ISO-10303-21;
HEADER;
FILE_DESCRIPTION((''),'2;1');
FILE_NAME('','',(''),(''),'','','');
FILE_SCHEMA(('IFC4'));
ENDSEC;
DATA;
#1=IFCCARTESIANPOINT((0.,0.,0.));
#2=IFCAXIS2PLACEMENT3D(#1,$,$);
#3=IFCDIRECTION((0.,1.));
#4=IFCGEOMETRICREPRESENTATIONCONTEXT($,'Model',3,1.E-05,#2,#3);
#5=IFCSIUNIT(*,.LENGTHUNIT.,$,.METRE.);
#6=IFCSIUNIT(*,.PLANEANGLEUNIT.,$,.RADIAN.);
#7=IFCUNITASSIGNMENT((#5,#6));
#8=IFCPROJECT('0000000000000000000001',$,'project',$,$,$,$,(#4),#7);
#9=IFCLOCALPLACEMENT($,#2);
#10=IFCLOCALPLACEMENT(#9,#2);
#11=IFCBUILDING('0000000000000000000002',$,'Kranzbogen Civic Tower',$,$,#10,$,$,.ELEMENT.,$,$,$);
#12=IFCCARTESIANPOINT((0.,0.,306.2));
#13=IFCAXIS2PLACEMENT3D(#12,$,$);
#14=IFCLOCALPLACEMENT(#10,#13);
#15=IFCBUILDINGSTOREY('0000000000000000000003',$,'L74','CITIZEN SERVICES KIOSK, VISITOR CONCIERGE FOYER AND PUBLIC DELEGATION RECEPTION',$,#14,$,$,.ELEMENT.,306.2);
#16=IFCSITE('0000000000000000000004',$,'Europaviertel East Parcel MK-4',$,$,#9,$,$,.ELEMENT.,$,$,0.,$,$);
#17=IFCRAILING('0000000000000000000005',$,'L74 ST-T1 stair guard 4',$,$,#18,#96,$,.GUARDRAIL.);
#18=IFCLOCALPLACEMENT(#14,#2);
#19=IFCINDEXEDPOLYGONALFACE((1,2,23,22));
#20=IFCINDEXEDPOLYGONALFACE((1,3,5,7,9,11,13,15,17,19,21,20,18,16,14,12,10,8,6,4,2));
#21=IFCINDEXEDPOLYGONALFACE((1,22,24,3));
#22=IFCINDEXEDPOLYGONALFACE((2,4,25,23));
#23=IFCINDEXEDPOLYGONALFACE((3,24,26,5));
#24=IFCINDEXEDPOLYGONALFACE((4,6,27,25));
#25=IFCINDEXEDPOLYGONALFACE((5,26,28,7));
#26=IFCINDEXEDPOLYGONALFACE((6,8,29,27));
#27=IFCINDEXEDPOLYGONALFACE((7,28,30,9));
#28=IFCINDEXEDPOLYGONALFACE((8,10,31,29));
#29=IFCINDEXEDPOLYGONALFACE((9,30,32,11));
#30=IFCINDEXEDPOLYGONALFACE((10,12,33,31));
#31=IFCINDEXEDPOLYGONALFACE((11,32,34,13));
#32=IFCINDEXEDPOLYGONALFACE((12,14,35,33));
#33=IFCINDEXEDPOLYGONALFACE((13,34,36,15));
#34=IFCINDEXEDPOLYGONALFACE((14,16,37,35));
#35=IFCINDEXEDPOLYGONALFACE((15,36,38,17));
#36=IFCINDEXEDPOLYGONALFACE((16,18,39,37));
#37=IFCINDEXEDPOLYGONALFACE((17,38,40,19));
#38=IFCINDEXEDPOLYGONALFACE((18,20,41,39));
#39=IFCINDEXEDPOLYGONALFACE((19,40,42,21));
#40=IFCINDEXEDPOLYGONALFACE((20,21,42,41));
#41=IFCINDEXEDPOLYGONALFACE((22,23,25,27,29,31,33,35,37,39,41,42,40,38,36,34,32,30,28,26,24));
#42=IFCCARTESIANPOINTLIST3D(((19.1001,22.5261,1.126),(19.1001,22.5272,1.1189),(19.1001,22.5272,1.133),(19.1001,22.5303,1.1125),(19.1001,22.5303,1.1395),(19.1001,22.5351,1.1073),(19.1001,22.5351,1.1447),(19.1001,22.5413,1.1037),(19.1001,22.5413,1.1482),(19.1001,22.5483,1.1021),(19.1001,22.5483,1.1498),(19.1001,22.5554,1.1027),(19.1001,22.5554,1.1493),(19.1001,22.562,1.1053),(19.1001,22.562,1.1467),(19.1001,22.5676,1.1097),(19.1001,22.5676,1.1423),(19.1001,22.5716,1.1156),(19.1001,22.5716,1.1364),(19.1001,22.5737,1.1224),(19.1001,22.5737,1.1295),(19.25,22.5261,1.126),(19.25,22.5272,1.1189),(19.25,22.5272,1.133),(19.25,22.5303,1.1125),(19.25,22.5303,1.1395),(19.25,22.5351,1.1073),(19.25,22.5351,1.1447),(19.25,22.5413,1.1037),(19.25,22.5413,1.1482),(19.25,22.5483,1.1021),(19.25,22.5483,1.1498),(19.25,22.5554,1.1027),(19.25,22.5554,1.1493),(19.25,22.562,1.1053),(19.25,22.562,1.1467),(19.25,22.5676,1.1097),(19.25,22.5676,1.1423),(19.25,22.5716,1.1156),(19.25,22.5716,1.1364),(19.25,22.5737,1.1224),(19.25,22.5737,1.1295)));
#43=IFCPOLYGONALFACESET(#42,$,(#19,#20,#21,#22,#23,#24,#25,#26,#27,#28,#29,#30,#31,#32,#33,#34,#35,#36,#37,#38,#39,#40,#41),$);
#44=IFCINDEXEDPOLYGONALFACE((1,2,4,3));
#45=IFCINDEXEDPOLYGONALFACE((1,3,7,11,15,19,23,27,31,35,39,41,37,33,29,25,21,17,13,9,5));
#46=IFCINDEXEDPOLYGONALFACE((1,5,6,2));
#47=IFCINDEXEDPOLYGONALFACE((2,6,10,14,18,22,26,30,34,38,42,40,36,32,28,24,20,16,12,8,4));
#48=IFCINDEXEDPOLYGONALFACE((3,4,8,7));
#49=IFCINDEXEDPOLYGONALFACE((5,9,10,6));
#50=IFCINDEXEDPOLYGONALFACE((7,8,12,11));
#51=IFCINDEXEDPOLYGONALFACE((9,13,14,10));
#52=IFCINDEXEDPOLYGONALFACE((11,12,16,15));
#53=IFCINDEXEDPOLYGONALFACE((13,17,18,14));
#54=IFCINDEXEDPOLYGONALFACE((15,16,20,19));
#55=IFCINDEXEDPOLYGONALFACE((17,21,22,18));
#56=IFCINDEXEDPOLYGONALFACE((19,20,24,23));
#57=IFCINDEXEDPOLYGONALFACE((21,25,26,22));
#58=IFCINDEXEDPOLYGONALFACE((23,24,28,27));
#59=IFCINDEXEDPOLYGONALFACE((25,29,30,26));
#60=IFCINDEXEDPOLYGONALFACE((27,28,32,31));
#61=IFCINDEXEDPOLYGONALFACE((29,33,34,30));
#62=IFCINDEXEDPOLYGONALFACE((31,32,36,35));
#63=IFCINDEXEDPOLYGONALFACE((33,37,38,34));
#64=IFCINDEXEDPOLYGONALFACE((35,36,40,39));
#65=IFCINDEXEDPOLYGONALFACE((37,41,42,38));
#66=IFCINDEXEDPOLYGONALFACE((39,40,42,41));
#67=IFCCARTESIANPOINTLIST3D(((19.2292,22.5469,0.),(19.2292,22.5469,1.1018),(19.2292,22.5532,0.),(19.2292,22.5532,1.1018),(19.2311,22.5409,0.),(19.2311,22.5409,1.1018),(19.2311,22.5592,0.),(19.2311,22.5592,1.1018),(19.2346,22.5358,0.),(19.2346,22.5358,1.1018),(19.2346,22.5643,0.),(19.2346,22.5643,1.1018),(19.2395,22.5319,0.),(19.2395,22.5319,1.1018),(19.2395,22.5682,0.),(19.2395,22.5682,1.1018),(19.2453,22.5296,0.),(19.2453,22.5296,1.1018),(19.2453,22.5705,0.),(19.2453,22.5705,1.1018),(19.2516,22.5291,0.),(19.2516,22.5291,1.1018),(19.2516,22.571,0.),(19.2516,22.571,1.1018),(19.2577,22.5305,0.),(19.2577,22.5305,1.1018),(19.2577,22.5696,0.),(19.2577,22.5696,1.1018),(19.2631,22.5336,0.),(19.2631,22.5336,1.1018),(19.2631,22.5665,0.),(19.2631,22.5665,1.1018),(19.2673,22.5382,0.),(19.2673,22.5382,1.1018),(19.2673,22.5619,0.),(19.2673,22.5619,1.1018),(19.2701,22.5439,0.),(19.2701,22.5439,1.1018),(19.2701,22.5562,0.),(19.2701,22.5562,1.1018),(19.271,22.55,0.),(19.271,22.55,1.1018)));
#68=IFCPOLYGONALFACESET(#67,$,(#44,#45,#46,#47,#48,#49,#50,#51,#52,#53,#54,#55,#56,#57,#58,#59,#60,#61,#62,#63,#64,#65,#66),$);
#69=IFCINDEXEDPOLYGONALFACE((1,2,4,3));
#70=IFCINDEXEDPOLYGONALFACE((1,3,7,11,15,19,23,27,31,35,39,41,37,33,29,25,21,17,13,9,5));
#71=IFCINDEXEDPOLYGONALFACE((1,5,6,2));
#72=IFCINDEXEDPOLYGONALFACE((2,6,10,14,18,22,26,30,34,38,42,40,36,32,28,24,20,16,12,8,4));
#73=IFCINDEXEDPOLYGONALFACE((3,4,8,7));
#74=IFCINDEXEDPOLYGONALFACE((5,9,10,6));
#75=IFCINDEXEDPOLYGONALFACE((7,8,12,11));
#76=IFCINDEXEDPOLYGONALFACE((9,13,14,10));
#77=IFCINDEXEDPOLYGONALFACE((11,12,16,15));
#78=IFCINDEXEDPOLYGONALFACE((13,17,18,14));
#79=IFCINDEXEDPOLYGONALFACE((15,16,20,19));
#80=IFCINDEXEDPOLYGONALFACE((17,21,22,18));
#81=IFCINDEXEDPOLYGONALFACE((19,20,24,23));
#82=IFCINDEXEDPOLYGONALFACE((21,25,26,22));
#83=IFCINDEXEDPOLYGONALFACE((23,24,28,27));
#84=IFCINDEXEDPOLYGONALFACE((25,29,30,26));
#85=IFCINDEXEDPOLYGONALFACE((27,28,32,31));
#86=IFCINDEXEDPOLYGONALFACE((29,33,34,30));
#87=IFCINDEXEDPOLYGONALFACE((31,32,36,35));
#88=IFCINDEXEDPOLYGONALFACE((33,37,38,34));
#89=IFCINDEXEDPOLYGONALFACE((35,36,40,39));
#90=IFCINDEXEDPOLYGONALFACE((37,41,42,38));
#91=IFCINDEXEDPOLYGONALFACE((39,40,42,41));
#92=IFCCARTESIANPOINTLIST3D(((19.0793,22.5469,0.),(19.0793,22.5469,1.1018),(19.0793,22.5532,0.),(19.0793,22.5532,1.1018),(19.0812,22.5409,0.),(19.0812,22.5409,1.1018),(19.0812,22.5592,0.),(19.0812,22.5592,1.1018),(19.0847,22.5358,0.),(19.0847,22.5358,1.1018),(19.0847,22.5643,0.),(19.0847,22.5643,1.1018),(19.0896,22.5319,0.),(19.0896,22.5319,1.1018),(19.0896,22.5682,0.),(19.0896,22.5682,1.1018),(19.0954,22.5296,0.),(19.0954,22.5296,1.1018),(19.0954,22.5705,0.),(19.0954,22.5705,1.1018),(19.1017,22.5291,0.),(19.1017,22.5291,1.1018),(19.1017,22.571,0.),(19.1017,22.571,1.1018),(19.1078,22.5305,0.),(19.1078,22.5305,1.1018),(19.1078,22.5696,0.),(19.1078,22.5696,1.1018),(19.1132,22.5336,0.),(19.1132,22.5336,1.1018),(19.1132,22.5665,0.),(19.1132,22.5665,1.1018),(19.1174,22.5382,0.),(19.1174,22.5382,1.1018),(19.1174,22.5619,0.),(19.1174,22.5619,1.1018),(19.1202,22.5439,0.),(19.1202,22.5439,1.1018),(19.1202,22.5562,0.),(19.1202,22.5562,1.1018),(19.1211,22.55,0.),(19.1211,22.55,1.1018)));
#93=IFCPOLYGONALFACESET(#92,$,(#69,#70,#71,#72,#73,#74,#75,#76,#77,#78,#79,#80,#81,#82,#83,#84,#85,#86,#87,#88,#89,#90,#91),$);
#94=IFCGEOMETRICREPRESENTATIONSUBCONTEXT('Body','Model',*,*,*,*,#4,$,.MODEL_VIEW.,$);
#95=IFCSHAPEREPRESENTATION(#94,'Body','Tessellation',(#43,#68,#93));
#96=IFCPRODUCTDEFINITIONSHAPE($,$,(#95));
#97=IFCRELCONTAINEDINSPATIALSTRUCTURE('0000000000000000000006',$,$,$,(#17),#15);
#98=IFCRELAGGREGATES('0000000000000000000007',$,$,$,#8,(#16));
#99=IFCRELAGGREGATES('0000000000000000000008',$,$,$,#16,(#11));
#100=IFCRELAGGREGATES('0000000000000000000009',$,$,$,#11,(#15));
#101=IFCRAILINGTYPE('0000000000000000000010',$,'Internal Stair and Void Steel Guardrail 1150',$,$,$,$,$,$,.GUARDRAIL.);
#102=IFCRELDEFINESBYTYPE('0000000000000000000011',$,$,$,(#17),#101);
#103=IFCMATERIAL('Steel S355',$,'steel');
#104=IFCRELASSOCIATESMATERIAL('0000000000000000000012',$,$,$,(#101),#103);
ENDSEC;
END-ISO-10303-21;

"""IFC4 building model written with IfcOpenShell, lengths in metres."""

from ifc_helpers import new_model, si_unit, direction, frame, origin, origin_2d, place, context, subcontext, project, spatial, circle, extrude, material, type_object, element, save


model = new_model("IFC4")

# Units and contexts
model_context = context("Model", 3, precision=1e-05, world=origin(), true_north=direction((0.0, 1.0)))
body_context = subcontext(model_context, "Body", "Model", "MODEL_VIEW")
ifc_project = project(units=[si_unit("LENGTHUNIT", "METRE"), si_unit("PLANEANGLEUNIT", "RADIAN")], contexts=[model_context])

# Site, building, storey
site_placement = place(None, origin())
site = spatial("IfcSite", under=ifc_project, at=site_placement, Name="Europaviertel East Parcel MK-4", CompositionType="ELEMENT", RefElevation=0.0)
building_placement = place(site_placement, origin())
building = spatial("IfcBuilding", under=site, at=building_placement, Name="Kranzbogen Civic Tower", CompositionType="ELEMENT")
storey_placement = place(building_placement, frame((0.0, 0.0, 306.2)))
storey = spatial("IfcBuildingStorey", under=building, at=storey_placement, Name="L74", Description="CITIZEN SERVICES KIOSK, VISITOR CONCIERGE FOYER AND PUBLIC DELEGATION RECEPTION", CompositionType="ELEMENT", Elevation=306.2)

# Shared definitions
ifc_material_1 = material(Name="Steel S355", Category="steel")

# Railing
railing_type_1 = type_object("IfcRailingType", Name="Internal Stair and Void Steel Guardrail 1150", PredefinedType="GUARDRAIL", material=ifc_material_1)
railing_1_placement = place(storey_placement, frame((19.25, 22.55, 0.0)))
element("IfcRailing", 1, at=railing_1_placement, inside=storey, type_object=railing_type_1, Name="L74 ST-T1 stair guard 4", PredefinedType="GUARDRAIL", context=body_context, shape_type="SweptSolid", body=[
    extrude(circle(Radius=0.0239, at=origin_2d()), frame((0.0, 0.0, 1.126), z_axis=(-1.0, 0.0, 0.0), x_axis=(0.0, -1.0, 0.0)), (0.0, 0.0, 1.0), 0.1499),
    extrude(circle(Radius=0.021, at=origin_2d()), origin(), (0.0, 0.0, 1.0), 1.1018),
    extrude(circle(Radius=0.021, at=origin_2d()), frame((-0.1499, 0.0, 0.0)), (0.0, 0.0, 1.0), 1.1018),
])

save(model, "model.ifc")
